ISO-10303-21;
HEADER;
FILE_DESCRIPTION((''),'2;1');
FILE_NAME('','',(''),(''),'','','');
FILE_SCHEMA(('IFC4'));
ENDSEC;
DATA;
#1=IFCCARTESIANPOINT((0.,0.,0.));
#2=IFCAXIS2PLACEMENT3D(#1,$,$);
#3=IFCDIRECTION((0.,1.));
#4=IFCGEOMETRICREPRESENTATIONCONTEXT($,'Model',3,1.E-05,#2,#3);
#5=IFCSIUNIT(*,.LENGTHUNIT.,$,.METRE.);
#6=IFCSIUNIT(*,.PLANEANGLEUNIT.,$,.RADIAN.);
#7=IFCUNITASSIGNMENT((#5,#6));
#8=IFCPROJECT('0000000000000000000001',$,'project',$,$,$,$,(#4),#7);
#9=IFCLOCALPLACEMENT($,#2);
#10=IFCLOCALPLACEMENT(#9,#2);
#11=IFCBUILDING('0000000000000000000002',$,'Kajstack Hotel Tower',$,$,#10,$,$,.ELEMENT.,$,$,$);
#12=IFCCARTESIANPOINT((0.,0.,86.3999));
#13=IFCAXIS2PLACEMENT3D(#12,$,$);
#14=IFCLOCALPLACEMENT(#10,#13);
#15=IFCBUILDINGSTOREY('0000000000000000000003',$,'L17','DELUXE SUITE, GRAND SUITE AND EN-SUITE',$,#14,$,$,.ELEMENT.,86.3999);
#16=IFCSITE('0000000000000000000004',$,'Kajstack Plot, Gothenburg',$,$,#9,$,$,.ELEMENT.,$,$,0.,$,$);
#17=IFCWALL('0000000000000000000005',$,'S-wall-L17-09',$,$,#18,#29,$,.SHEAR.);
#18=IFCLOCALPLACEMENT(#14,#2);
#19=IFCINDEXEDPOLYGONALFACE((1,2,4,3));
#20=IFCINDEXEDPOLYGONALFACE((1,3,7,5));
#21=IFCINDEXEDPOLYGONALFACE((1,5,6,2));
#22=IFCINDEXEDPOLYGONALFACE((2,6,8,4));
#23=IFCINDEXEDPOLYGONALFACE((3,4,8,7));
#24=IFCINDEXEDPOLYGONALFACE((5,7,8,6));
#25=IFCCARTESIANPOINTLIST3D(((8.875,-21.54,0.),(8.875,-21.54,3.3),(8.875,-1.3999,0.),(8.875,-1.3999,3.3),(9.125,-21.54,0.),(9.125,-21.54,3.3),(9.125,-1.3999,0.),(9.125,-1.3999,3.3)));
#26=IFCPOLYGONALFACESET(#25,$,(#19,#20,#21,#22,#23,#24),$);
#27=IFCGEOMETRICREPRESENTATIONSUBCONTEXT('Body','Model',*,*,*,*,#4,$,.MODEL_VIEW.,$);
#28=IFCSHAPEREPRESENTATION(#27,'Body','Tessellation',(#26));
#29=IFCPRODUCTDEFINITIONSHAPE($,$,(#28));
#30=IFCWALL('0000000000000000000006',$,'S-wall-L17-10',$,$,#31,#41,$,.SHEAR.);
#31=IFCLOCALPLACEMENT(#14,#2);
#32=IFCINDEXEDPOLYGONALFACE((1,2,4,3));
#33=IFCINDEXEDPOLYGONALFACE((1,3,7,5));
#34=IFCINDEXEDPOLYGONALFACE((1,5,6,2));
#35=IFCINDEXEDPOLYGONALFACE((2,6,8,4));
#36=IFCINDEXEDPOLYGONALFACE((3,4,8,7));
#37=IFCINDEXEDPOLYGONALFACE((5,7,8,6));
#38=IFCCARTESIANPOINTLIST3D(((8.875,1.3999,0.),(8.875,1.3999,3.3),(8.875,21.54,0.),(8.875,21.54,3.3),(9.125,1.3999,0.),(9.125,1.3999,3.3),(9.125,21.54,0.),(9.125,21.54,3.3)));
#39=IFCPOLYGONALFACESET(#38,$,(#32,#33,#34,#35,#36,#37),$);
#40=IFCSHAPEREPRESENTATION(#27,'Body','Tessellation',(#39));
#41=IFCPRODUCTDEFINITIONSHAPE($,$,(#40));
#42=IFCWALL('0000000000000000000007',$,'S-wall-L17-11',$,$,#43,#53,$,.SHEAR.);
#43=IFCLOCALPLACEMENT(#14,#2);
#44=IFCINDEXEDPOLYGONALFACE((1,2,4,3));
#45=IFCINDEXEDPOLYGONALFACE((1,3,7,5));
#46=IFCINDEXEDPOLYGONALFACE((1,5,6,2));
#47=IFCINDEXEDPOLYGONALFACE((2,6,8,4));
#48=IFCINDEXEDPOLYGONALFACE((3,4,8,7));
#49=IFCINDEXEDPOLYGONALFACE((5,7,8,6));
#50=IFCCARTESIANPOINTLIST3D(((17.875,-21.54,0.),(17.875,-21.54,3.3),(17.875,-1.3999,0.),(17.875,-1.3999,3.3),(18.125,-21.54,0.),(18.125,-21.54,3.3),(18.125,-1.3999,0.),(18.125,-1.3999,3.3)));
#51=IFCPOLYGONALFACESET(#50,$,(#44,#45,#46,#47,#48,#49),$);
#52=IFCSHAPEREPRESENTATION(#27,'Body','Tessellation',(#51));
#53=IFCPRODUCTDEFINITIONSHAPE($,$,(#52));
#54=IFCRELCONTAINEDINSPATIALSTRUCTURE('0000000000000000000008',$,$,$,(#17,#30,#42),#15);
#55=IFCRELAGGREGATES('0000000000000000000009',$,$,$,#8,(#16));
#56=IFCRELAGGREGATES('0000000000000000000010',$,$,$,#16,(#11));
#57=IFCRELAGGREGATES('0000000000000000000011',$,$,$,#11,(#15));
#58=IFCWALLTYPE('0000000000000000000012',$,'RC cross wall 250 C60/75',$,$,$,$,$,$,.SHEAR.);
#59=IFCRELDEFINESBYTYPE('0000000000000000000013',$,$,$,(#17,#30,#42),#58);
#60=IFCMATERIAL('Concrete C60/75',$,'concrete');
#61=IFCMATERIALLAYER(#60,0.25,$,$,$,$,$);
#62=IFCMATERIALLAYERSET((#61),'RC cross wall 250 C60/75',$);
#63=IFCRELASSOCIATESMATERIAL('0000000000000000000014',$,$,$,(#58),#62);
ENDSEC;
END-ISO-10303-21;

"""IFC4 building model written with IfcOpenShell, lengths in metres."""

from ifc_helpers import new_model, si_unit, direction, frame, frame_2d, origin, place, context, subcontext, project, spatial, rectangle, extrude, material, layer, layer_set, type_object, element, save


model = new_model("IFC4")

# Units and contexts
model_context = context("Model", 3, precision=1e-05, world=origin(), true_north=direction((0.0, 1.0)))
body_context = subcontext(model_context, "Body", "Model", "MODEL_VIEW")
ifc_project = project(units=[si_unit("LENGTHUNIT", "METRE"), si_unit("PLANEANGLEUNIT", "RADIAN")], contexts=[model_context])

# Site, building, storey
site_placement = place(None, origin())
site = spatial("IfcSite", under=ifc_project, at=site_placement, Name="Kajstack Plot, Gothenburg", CompositionType="ELEMENT", RefElevation=0.0)
building_placement = place(site_placement, origin())
building = spatial("IfcBuilding", under=site, at=building_placement, Name="Kajstack Hotel Tower", CompositionType="ELEMENT")
storey_placement = place(building_placement, frame((0.0, 0.0, 86.3999)))
storey = spatial("IfcBuildingStorey", under=building, at=storey_placement, Name="L17", Description="DELUXE SUITE, GRAND SUITE AND EN-SUITE", CompositionType="ELEMENT", Elevation=86.3999)

# Shared definitions
ifc_material_1 = material(Name="Concrete C60/75", Category="concrete")

# Walls
ifc_layer_1 = layer(ifc_material_1, 0.25)
ifc_layer_set_1 = layer_set([ifc_layer_1], Name="RC cross wall 250 C60/75")
wall_type_1 = type_object("IfcWallType", Name="RC cross wall 250 C60/75", PredefinedType="SHEAR", material=ifc_layer_set_1)
for number, where, z_axis, x_axis, name in (
    (1, (9.0, -21.54, 0.0), (0.0, 0.0, 1.0), (0.0, 1.0, 0.0), "S-wall-L17-09"),
    (2, (9.0, 1.3999, 0.0), (0.0, 0.0, 1.0), (0.0, 1.0, 0.0), "S-wall-L17-10"),
    (3, (18.0, -21.54, 0.0), (0.0, 0.0, 1.0), (0.0, 1.0, 0.0), "S-wall-L17-11"),
):
    element("IfcWall", number, at=place(storey_placement, frame(where, z_axis=z_axis, x_axis=x_axis)), inside=storey, type_object=wall_type_1, Name=name, PredefinedType="SHEAR", context=body_context, shape_type="SweptSolid", body=[
        extrude(rectangle(XDim=20.1401, YDim=0.25, at=frame_2d((10.0701, 0.0))), origin(), (0.0, 0.0, 1.0), 3.3),
    ])

save(model, "model.ifc")
